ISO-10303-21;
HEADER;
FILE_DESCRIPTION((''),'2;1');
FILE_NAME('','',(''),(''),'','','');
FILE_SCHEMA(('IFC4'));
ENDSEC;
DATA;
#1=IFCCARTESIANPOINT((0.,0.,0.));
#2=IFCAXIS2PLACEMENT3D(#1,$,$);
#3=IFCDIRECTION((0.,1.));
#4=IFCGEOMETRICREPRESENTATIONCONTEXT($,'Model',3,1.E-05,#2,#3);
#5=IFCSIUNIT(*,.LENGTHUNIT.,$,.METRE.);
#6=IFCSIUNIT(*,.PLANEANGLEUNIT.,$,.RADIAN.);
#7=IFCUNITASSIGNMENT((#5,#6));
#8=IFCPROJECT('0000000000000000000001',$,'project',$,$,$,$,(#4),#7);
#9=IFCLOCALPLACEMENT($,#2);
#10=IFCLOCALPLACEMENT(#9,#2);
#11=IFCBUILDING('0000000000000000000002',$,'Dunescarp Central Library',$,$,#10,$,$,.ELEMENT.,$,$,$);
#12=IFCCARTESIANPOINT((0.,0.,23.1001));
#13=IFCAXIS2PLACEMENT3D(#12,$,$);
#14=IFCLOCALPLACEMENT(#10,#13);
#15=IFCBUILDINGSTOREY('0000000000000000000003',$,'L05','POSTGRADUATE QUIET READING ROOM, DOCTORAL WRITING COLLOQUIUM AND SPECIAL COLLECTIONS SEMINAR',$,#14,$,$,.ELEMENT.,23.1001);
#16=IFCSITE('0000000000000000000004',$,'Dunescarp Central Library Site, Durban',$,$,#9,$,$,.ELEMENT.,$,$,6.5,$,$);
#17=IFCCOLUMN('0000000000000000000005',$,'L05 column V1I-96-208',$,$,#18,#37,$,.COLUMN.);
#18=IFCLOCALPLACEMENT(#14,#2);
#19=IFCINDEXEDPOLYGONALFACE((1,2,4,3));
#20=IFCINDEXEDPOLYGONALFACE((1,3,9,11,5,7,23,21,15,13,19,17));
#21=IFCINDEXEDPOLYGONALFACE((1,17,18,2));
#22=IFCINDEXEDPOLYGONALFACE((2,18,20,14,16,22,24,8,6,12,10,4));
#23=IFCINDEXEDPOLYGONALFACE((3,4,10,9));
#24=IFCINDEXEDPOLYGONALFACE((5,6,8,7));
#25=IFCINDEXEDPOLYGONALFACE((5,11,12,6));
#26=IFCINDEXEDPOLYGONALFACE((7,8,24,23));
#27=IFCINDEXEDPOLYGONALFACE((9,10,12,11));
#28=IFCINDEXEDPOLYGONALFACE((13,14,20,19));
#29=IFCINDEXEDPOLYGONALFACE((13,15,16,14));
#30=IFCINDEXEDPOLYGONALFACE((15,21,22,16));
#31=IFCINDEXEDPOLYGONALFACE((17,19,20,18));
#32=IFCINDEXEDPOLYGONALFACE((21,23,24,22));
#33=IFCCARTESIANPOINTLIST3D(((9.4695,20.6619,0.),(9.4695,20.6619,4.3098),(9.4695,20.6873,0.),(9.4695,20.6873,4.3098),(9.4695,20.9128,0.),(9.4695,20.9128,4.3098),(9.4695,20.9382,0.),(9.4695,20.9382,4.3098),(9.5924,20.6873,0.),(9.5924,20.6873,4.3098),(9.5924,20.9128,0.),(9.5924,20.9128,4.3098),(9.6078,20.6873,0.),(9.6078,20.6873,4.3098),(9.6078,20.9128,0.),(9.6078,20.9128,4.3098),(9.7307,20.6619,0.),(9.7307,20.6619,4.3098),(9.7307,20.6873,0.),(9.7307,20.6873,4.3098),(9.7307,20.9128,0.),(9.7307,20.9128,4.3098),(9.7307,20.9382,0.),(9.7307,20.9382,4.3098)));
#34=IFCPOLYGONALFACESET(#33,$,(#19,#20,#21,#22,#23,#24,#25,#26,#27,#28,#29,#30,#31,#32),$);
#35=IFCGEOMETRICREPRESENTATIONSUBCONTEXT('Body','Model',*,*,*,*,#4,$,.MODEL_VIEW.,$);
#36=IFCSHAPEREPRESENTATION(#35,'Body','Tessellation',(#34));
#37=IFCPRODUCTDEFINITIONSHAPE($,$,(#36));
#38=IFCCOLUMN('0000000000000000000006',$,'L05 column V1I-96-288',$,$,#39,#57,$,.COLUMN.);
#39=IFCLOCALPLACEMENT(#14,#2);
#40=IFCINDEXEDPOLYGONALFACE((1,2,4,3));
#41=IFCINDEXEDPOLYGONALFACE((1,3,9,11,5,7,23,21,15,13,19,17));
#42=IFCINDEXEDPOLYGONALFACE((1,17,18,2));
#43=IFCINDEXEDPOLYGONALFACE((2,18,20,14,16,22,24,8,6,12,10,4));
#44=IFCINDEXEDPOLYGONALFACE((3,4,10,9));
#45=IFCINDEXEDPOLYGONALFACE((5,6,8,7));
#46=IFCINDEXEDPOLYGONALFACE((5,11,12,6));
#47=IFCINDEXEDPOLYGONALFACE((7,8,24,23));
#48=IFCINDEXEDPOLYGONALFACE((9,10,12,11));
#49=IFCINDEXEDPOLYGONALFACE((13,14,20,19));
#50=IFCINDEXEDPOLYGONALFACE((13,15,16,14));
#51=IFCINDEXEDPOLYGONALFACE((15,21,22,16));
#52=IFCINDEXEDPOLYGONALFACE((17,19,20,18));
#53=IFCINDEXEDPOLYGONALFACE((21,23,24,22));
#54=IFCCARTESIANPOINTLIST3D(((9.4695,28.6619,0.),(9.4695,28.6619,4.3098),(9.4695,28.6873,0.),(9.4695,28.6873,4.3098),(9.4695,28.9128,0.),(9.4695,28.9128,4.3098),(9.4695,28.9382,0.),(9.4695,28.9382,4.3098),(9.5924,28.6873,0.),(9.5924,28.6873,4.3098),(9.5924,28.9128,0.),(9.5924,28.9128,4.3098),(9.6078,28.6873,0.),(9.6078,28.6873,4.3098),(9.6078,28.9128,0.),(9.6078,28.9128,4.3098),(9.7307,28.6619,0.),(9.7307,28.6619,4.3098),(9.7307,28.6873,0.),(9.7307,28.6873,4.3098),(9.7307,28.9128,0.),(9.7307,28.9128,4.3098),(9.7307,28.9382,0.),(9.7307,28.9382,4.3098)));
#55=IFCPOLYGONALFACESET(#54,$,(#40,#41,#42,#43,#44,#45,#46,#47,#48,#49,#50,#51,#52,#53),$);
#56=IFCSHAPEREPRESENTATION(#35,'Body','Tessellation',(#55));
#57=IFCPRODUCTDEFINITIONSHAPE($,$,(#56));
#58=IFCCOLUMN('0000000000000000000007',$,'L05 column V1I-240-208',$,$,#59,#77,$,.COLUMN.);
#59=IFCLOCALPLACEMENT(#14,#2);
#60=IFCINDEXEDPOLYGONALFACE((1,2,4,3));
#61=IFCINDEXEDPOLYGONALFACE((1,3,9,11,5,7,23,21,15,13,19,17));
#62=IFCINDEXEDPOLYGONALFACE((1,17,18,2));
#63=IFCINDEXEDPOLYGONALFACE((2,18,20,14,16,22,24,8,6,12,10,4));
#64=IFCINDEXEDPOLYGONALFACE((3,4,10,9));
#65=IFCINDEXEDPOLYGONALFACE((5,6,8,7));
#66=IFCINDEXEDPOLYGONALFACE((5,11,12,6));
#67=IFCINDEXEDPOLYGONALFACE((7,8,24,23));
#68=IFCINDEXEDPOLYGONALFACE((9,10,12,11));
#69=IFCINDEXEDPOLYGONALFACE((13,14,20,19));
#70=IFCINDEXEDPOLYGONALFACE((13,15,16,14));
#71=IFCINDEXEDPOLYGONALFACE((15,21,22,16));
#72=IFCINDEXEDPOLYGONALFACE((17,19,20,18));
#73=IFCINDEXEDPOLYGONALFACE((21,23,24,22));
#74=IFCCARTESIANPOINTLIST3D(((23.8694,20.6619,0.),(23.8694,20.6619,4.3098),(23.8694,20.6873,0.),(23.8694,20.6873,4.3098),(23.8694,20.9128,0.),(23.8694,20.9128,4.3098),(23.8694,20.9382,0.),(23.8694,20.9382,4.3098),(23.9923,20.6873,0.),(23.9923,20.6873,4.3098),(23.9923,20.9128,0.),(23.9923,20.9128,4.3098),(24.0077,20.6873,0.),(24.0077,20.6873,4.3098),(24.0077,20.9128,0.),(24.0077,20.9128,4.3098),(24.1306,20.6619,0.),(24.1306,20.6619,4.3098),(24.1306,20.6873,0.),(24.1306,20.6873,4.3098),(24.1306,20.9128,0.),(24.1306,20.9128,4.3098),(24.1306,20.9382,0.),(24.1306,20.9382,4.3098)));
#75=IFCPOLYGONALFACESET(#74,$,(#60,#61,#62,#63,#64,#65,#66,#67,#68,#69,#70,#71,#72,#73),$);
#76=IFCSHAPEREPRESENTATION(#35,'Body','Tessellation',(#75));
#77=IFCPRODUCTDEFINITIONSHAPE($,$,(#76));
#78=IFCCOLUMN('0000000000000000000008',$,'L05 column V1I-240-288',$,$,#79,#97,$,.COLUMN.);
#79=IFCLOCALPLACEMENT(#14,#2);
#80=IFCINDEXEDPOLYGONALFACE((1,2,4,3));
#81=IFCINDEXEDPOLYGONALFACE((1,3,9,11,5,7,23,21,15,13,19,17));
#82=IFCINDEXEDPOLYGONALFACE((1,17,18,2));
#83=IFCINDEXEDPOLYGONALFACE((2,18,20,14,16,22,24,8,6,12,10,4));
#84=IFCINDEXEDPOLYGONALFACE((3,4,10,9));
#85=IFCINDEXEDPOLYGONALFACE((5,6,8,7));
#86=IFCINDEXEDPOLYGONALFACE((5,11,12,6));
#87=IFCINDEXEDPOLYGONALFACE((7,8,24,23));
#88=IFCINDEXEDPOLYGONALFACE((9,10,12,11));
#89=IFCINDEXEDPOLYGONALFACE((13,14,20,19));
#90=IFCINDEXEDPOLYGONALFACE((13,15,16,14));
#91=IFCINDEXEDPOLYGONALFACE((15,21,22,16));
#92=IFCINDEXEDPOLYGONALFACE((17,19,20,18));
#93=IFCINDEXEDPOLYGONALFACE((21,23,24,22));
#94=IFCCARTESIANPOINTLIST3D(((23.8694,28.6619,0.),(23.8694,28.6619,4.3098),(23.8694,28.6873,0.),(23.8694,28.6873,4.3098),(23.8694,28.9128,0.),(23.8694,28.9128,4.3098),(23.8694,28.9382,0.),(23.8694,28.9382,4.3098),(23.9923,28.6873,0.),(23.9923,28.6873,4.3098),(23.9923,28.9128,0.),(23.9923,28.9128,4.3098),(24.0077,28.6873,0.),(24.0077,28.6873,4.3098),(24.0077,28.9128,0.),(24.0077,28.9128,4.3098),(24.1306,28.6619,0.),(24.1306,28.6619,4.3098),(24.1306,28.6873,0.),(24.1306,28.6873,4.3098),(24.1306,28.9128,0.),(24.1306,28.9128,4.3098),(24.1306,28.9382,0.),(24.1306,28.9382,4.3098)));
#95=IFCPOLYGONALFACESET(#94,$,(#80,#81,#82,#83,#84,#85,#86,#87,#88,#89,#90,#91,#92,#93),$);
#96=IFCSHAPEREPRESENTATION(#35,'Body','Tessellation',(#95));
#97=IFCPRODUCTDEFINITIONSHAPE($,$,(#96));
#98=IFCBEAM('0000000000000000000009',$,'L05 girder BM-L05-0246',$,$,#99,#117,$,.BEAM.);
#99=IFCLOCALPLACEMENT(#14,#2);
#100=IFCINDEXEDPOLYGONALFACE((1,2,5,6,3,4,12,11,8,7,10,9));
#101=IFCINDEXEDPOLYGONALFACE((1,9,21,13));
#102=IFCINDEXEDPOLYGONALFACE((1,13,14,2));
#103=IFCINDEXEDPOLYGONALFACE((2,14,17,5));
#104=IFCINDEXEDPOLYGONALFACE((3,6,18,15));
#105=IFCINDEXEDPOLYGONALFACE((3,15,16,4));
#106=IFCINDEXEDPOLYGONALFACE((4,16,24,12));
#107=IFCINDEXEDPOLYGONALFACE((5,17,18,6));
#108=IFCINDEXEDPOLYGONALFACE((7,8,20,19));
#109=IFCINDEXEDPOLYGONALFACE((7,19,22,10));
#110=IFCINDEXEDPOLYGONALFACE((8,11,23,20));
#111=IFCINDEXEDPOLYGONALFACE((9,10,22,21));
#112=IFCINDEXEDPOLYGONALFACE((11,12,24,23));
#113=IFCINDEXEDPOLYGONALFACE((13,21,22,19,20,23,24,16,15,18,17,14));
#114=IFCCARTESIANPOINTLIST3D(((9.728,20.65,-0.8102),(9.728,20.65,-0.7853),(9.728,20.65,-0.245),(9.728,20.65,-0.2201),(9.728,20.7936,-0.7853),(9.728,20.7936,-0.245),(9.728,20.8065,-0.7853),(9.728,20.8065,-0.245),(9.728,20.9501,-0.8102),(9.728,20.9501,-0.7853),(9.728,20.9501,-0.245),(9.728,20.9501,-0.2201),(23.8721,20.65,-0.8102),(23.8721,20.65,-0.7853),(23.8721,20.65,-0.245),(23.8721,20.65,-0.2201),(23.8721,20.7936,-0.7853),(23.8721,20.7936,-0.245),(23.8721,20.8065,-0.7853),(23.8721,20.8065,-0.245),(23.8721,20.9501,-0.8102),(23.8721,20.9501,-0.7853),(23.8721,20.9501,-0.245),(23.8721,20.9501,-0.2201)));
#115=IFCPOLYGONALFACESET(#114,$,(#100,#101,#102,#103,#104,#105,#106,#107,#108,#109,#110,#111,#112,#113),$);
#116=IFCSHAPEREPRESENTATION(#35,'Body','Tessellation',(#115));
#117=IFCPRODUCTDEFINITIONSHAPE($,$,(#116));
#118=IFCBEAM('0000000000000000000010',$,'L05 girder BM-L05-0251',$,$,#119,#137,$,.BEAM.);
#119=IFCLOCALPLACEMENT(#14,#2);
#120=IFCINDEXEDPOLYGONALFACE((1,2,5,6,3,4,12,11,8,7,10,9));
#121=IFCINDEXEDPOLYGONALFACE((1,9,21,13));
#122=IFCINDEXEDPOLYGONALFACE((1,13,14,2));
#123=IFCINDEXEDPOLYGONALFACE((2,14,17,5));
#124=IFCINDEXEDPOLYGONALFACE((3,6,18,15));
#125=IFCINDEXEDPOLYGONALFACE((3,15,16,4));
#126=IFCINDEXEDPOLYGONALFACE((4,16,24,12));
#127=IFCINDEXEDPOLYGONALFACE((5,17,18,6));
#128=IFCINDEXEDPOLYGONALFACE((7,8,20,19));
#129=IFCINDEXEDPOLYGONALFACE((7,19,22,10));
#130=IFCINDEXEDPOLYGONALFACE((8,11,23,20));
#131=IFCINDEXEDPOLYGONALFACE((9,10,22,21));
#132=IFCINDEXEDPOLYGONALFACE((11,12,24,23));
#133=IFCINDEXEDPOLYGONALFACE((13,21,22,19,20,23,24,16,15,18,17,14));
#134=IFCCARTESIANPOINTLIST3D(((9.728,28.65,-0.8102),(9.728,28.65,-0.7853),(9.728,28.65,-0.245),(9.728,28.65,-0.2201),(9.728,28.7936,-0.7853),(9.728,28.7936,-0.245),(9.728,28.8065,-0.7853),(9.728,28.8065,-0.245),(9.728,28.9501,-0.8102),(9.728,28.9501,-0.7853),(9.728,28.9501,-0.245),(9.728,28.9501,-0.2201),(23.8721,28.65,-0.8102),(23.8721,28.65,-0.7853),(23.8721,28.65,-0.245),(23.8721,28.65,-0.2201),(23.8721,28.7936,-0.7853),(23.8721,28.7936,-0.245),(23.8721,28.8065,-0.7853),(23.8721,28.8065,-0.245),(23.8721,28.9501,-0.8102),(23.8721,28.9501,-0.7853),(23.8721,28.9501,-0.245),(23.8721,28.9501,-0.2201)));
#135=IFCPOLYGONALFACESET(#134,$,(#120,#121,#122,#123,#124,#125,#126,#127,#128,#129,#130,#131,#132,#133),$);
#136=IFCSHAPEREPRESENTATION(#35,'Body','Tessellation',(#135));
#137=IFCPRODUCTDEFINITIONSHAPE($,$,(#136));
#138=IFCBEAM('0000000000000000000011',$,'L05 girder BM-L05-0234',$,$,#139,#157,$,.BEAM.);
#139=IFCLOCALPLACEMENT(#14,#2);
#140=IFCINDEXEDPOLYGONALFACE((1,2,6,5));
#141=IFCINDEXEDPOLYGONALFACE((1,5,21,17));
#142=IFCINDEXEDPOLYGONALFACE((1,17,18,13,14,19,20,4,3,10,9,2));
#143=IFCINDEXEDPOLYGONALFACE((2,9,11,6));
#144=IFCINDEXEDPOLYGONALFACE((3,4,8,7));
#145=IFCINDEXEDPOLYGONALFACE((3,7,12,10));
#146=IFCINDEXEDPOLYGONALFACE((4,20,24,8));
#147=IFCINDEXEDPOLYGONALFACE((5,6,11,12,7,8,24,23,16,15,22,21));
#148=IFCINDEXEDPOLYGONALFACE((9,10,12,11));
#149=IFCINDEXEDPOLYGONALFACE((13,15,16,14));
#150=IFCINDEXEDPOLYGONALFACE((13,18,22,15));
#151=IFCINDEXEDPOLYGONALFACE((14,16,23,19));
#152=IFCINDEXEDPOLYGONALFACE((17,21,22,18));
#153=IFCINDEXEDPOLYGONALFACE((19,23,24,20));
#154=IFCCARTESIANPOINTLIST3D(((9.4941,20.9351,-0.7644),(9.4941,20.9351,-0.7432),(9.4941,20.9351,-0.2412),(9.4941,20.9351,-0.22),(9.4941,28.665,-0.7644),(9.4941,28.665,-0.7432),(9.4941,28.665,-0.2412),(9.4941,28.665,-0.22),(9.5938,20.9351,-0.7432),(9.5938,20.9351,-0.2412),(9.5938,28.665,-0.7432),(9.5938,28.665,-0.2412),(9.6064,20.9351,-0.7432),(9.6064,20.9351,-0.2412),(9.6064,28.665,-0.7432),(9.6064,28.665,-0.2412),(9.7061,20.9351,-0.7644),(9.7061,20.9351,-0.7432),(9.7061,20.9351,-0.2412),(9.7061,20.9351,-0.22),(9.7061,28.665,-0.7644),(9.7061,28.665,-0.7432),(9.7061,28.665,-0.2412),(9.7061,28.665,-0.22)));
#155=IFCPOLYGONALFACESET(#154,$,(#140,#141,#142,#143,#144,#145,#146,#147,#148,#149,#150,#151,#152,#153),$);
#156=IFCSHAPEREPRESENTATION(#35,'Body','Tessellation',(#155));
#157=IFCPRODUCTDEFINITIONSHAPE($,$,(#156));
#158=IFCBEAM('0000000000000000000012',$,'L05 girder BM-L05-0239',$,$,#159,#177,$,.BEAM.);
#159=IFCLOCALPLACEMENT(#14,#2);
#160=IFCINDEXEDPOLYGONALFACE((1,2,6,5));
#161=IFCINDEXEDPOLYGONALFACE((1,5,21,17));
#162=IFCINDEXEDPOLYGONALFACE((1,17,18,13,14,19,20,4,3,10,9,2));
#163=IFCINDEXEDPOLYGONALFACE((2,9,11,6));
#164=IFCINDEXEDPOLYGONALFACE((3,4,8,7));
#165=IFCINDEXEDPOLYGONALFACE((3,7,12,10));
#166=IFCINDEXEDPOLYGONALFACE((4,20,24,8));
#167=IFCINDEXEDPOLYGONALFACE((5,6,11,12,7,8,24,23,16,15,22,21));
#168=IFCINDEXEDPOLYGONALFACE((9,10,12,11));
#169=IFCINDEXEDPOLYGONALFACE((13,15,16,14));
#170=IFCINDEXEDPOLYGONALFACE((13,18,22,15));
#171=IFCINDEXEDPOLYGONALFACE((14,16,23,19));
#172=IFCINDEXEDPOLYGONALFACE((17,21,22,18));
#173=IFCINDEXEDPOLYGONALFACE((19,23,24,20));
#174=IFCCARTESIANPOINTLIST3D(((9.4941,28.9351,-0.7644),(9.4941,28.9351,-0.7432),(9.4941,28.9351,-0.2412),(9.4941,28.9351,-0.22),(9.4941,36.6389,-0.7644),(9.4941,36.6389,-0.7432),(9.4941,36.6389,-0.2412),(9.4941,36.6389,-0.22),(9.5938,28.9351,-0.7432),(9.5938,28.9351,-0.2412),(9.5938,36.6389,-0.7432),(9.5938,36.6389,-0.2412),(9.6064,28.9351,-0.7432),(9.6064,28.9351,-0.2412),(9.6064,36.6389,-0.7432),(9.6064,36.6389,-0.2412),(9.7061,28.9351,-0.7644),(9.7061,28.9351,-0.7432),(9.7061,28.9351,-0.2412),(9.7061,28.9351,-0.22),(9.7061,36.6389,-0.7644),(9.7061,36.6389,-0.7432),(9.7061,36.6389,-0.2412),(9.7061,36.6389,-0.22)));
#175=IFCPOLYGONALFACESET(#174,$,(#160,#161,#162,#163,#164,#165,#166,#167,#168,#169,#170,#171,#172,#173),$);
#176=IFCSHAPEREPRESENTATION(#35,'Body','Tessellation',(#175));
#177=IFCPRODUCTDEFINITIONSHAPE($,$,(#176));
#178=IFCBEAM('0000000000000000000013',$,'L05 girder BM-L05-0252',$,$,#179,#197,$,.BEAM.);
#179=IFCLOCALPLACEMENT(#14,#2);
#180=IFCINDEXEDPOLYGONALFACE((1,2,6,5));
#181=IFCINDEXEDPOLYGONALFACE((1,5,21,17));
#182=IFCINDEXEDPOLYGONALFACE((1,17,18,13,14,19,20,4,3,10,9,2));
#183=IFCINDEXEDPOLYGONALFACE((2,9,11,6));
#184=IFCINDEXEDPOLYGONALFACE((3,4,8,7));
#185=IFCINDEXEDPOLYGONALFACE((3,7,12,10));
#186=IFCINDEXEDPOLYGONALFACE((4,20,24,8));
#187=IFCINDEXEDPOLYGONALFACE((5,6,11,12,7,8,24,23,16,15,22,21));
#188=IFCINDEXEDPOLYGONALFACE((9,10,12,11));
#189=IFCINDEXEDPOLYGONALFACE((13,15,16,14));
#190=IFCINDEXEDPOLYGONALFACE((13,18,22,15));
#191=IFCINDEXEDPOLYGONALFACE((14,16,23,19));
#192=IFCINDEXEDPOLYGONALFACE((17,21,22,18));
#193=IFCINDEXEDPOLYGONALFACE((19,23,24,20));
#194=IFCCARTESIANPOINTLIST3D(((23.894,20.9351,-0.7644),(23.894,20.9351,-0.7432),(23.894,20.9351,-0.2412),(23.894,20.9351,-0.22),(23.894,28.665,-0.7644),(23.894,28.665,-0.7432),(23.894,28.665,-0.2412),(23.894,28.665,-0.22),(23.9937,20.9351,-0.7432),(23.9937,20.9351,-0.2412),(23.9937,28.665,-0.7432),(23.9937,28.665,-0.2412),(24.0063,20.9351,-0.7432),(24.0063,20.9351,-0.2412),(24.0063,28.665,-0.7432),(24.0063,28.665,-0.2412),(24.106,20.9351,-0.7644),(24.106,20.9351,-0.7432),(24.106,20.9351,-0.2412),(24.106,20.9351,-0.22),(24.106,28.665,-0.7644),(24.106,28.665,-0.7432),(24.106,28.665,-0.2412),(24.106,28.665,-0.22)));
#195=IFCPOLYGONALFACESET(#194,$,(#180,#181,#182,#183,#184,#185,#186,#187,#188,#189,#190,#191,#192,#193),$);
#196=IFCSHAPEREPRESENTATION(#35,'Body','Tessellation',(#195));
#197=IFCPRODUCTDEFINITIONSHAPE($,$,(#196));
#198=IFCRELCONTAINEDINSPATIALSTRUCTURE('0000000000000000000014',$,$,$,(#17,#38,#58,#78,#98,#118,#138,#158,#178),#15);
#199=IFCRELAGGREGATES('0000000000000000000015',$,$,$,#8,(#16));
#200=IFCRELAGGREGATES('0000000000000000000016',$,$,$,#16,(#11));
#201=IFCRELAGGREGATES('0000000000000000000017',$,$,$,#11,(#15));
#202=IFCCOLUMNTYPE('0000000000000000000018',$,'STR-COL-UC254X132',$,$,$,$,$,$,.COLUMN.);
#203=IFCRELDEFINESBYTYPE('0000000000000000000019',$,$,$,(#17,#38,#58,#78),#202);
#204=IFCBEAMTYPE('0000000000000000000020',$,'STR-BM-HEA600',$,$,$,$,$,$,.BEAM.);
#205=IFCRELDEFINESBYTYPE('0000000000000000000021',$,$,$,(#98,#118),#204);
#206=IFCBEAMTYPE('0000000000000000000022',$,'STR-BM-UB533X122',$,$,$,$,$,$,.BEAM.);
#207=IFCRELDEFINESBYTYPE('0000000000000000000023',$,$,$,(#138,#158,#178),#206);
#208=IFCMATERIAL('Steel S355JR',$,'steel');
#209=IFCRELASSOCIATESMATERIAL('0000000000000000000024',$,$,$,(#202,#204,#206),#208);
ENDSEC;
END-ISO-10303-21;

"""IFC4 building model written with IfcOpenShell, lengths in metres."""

from ifc_helpers import new_model, si_unit, direction, frame, origin, origin_2d, place, context, subcontext, project, spatial, i_section, extrude, material, material_profile, profile_set, type_object, element, save


model = new_model("IFC4")

# Units and contexts
model_context = context("Model", 3, precision=1e-05, world=origin(), true_north=direction((0.0, 1.0)))
body_context = subcontext(model_context, "Body", "Model", "MODEL_VIEW")
ifc_project = project(units=[si_unit("LENGTHUNIT", "METRE"), si_unit("PLANEANGLEUNIT", "RADIAN")], contexts=[model_context])

# Site, building, storey
site_placement = place(None, origin())
site = spatial("IfcSite", under=ifc_project, at=site_placement, Name="Dunescarp Central Library Site, Durban", CompositionType="ELEMENT", RefElevation=6.5)
building_placement = place(site_placement, origin())
building = spatial("IfcBuilding", under=site, at=building_placement, Name="Dunescarp Central Library", CompositionType="ELEMENT")
storey_placement = place(building_placement, frame((0.0, 0.0, 23.1001)))
storey = spatial("IfcBuildingStorey", under=building, at=storey_placement, Name="L05", Description="POSTGRADUATE QUIET READING ROOM, DOCTORAL WRITING COLLOQUIUM AND SPECIAL COLLECTIONS SEMINAR", CompositionType="ELEMENT", Elevation=23.1001)

# Columns
ifc_material_1 = material(Name="Steel S355JR", Category="steel")
ifc_material_profile_1 = material_profile(ifc_material_1, i_section(OverallWidth=0.2612, OverallDepth=0.2764, WebThickness=0.0154, FlangeThickness=0.0254, at=origin_2d()), Name="UC 254x254x132")
ifc_profile_set_1 = profile_set([ifc_material_profile_1], Name="Steel S355JR")
column_type = type_object("IfcColumnType", Name="STR-COL-UC254X132", PredefinedType="COLUMN", material=ifc_profile_set_1)
for number, where, z_axis, x_axis, name in (
    (1, (9.6001, 20.8, 0.0), (0.0, 0.0, 1.0), (1.0, 0.0, 0.0), "L05 column V1I-96-208"),
    (2, (9.6001, 28.8, 0.0), (0.0, 0.0, 1.0), (1.0, 0.0, 0.0), "L05 column V1I-96-288"),
    (3, (24.0, 20.8, 0.0), (0.0, 0.0, 1.0), (1.0, 0.0, 0.0), "L05 column V1I-240-208"),
    (4, (24.0, 28.8, 0.0), (0.0, 0.0, 1.0), (1.0, 0.0, 0.0), "L05 column V1I-240-288"),
):
    element("IfcColumn", number, at=place(storey_placement, frame(where, z_axis=z_axis, x_axis=x_axis)), inside=storey, type_object=column_type, Name=name, PredefinedType="COLUMN", context=body_context, shape_type="SweptSolid", body=[
        extrude(i_section(OverallWidth=0.2612, OverallDepth=0.2764, WebThickness=0.0154, FlangeThickness=0.0254, at=origin_2d()), origin(), (0.0, 0.0, 1.0), 4.3098),
    ])

# Beams
ifc_material_profile_2 = material_profile(ifc_material_1, i_section(OverallWidth=0.3, OverallDepth=0.5901, WebThickness=0.0129, FlangeThickness=0.0249, at=origin_2d()), Name="HEA 600")
ifc_profile_set_2 = profile_set([ifc_material_profile_2], Name="Steel S355JR")
beam_type_1 = type_object("IfcBeamType", Name="STR-BM-HEA600", PredefinedType="BEAM", material=ifc_profile_set_2)
for number, where, z_axis, x_axis, name in (
    (5, (9.728, 20.8, -0.5151), (1.0, 0.0, 0.0), (0.0, 1.0, 0.0), "L05 girder BM-L05-0246"),
    (6, (9.728, 28.8, -0.5151), (1.0, 0.0, 0.0), (0.0, 1.0, 0.0), "L05 girder BM-L05-0251"),
):
    element("IfcBeam", number, at=place(storey_placement, frame(where, z_axis=z_axis, x_axis=x_axis)), inside=storey, type_object=beam_type_1, Name=name, PredefinedType="BEAM", context=body_context, shape_type="SweptSolid", body=[
        extrude(i_section(OverallWidth=0.3, OverallDepth=0.5901, WebThickness=0.0129, FlangeThickness=0.0249, at=origin_2d()), origin(), (0.0, 0.0, 1.0), 14.144),
    ])
ifc_material_profile_3 = material_profile(ifc_material_1, i_section(OverallWidth=0.2119, OverallDepth=0.5444, WebThickness=0.0127, FlangeThickness=0.0212, at=origin_2d()), Name="UB 533x210x122")
ifc_profile_set_3 = profile_set([ifc_material_profile_3], Name="Steel S355JR")
beam_type_2 = type_object("IfcBeamType", Name="STR-BM-UB533X122", PredefinedType="BEAM", material=ifc_profile_set_3)
beam_1_placement = place(storey_placement, frame((9.6001, 20.9351, -0.4922), z_axis=(0.0, 1.0, 0.0), x_axis=(-1.0, 0.0, 0.0)))
element("IfcBeam", 7, at=beam_1_placement, inside=storey, type_object=beam_type_2, Name="L05 girder BM-L05-0234", PredefinedType="BEAM", context=body_context, shape_type="SweptSolid", body=[
    extrude(i_section(OverallWidth=0.2119, OverallDepth=0.5444, WebThickness=0.0127, FlangeThickness=0.0212, at=origin_2d()), origin(), (0.0, 0.0, 1.0), 7.73),
])
beam_2_placement = place(storey_placement, frame((9.6001, 28.9351, -0.4922), z_axis=(0.0, 1.0, 0.0), x_axis=(-1.0, 0.0, 0.0)))
element("IfcBeam", 8, at=beam_2_placement, inside=storey, type_object=beam_type_2, Name="L05 girder BM-L05-0239", PredefinedType="BEAM", context=body_context, shape_type="SweptSolid", body=[
    extrude(i_section(OverallWidth=0.2119, OverallDepth=0.5444, WebThickness=0.0127, FlangeThickness=0.0212, at=origin_2d()), origin(), (0.0, 0.0, 1.0), 7.7039),
])
beam_3_placement = place(storey_placement, frame((24.0, 20.9351, -0.4922), z_axis=(0.0, 1.0, 0.0), x_axis=(-1.0, 0.0, 0.0)))
element("IfcBeam", 9, at=beam_3_placement, inside=storey, type_object=beam_type_2, Name="L05 girder BM-L05-0252", PredefinedType="BEAM", context=body_context, shape_type="SweptSolid", body=[
    extrude(i_section(OverallWidth=0.2119, OverallDepth=0.5444, WebThickness=0.0127, FlangeThickness=0.0212, at=origin_2d()), origin(), (0.0, 0.0, 1.0), 7.73),
])

save(model, "model.ifc")
